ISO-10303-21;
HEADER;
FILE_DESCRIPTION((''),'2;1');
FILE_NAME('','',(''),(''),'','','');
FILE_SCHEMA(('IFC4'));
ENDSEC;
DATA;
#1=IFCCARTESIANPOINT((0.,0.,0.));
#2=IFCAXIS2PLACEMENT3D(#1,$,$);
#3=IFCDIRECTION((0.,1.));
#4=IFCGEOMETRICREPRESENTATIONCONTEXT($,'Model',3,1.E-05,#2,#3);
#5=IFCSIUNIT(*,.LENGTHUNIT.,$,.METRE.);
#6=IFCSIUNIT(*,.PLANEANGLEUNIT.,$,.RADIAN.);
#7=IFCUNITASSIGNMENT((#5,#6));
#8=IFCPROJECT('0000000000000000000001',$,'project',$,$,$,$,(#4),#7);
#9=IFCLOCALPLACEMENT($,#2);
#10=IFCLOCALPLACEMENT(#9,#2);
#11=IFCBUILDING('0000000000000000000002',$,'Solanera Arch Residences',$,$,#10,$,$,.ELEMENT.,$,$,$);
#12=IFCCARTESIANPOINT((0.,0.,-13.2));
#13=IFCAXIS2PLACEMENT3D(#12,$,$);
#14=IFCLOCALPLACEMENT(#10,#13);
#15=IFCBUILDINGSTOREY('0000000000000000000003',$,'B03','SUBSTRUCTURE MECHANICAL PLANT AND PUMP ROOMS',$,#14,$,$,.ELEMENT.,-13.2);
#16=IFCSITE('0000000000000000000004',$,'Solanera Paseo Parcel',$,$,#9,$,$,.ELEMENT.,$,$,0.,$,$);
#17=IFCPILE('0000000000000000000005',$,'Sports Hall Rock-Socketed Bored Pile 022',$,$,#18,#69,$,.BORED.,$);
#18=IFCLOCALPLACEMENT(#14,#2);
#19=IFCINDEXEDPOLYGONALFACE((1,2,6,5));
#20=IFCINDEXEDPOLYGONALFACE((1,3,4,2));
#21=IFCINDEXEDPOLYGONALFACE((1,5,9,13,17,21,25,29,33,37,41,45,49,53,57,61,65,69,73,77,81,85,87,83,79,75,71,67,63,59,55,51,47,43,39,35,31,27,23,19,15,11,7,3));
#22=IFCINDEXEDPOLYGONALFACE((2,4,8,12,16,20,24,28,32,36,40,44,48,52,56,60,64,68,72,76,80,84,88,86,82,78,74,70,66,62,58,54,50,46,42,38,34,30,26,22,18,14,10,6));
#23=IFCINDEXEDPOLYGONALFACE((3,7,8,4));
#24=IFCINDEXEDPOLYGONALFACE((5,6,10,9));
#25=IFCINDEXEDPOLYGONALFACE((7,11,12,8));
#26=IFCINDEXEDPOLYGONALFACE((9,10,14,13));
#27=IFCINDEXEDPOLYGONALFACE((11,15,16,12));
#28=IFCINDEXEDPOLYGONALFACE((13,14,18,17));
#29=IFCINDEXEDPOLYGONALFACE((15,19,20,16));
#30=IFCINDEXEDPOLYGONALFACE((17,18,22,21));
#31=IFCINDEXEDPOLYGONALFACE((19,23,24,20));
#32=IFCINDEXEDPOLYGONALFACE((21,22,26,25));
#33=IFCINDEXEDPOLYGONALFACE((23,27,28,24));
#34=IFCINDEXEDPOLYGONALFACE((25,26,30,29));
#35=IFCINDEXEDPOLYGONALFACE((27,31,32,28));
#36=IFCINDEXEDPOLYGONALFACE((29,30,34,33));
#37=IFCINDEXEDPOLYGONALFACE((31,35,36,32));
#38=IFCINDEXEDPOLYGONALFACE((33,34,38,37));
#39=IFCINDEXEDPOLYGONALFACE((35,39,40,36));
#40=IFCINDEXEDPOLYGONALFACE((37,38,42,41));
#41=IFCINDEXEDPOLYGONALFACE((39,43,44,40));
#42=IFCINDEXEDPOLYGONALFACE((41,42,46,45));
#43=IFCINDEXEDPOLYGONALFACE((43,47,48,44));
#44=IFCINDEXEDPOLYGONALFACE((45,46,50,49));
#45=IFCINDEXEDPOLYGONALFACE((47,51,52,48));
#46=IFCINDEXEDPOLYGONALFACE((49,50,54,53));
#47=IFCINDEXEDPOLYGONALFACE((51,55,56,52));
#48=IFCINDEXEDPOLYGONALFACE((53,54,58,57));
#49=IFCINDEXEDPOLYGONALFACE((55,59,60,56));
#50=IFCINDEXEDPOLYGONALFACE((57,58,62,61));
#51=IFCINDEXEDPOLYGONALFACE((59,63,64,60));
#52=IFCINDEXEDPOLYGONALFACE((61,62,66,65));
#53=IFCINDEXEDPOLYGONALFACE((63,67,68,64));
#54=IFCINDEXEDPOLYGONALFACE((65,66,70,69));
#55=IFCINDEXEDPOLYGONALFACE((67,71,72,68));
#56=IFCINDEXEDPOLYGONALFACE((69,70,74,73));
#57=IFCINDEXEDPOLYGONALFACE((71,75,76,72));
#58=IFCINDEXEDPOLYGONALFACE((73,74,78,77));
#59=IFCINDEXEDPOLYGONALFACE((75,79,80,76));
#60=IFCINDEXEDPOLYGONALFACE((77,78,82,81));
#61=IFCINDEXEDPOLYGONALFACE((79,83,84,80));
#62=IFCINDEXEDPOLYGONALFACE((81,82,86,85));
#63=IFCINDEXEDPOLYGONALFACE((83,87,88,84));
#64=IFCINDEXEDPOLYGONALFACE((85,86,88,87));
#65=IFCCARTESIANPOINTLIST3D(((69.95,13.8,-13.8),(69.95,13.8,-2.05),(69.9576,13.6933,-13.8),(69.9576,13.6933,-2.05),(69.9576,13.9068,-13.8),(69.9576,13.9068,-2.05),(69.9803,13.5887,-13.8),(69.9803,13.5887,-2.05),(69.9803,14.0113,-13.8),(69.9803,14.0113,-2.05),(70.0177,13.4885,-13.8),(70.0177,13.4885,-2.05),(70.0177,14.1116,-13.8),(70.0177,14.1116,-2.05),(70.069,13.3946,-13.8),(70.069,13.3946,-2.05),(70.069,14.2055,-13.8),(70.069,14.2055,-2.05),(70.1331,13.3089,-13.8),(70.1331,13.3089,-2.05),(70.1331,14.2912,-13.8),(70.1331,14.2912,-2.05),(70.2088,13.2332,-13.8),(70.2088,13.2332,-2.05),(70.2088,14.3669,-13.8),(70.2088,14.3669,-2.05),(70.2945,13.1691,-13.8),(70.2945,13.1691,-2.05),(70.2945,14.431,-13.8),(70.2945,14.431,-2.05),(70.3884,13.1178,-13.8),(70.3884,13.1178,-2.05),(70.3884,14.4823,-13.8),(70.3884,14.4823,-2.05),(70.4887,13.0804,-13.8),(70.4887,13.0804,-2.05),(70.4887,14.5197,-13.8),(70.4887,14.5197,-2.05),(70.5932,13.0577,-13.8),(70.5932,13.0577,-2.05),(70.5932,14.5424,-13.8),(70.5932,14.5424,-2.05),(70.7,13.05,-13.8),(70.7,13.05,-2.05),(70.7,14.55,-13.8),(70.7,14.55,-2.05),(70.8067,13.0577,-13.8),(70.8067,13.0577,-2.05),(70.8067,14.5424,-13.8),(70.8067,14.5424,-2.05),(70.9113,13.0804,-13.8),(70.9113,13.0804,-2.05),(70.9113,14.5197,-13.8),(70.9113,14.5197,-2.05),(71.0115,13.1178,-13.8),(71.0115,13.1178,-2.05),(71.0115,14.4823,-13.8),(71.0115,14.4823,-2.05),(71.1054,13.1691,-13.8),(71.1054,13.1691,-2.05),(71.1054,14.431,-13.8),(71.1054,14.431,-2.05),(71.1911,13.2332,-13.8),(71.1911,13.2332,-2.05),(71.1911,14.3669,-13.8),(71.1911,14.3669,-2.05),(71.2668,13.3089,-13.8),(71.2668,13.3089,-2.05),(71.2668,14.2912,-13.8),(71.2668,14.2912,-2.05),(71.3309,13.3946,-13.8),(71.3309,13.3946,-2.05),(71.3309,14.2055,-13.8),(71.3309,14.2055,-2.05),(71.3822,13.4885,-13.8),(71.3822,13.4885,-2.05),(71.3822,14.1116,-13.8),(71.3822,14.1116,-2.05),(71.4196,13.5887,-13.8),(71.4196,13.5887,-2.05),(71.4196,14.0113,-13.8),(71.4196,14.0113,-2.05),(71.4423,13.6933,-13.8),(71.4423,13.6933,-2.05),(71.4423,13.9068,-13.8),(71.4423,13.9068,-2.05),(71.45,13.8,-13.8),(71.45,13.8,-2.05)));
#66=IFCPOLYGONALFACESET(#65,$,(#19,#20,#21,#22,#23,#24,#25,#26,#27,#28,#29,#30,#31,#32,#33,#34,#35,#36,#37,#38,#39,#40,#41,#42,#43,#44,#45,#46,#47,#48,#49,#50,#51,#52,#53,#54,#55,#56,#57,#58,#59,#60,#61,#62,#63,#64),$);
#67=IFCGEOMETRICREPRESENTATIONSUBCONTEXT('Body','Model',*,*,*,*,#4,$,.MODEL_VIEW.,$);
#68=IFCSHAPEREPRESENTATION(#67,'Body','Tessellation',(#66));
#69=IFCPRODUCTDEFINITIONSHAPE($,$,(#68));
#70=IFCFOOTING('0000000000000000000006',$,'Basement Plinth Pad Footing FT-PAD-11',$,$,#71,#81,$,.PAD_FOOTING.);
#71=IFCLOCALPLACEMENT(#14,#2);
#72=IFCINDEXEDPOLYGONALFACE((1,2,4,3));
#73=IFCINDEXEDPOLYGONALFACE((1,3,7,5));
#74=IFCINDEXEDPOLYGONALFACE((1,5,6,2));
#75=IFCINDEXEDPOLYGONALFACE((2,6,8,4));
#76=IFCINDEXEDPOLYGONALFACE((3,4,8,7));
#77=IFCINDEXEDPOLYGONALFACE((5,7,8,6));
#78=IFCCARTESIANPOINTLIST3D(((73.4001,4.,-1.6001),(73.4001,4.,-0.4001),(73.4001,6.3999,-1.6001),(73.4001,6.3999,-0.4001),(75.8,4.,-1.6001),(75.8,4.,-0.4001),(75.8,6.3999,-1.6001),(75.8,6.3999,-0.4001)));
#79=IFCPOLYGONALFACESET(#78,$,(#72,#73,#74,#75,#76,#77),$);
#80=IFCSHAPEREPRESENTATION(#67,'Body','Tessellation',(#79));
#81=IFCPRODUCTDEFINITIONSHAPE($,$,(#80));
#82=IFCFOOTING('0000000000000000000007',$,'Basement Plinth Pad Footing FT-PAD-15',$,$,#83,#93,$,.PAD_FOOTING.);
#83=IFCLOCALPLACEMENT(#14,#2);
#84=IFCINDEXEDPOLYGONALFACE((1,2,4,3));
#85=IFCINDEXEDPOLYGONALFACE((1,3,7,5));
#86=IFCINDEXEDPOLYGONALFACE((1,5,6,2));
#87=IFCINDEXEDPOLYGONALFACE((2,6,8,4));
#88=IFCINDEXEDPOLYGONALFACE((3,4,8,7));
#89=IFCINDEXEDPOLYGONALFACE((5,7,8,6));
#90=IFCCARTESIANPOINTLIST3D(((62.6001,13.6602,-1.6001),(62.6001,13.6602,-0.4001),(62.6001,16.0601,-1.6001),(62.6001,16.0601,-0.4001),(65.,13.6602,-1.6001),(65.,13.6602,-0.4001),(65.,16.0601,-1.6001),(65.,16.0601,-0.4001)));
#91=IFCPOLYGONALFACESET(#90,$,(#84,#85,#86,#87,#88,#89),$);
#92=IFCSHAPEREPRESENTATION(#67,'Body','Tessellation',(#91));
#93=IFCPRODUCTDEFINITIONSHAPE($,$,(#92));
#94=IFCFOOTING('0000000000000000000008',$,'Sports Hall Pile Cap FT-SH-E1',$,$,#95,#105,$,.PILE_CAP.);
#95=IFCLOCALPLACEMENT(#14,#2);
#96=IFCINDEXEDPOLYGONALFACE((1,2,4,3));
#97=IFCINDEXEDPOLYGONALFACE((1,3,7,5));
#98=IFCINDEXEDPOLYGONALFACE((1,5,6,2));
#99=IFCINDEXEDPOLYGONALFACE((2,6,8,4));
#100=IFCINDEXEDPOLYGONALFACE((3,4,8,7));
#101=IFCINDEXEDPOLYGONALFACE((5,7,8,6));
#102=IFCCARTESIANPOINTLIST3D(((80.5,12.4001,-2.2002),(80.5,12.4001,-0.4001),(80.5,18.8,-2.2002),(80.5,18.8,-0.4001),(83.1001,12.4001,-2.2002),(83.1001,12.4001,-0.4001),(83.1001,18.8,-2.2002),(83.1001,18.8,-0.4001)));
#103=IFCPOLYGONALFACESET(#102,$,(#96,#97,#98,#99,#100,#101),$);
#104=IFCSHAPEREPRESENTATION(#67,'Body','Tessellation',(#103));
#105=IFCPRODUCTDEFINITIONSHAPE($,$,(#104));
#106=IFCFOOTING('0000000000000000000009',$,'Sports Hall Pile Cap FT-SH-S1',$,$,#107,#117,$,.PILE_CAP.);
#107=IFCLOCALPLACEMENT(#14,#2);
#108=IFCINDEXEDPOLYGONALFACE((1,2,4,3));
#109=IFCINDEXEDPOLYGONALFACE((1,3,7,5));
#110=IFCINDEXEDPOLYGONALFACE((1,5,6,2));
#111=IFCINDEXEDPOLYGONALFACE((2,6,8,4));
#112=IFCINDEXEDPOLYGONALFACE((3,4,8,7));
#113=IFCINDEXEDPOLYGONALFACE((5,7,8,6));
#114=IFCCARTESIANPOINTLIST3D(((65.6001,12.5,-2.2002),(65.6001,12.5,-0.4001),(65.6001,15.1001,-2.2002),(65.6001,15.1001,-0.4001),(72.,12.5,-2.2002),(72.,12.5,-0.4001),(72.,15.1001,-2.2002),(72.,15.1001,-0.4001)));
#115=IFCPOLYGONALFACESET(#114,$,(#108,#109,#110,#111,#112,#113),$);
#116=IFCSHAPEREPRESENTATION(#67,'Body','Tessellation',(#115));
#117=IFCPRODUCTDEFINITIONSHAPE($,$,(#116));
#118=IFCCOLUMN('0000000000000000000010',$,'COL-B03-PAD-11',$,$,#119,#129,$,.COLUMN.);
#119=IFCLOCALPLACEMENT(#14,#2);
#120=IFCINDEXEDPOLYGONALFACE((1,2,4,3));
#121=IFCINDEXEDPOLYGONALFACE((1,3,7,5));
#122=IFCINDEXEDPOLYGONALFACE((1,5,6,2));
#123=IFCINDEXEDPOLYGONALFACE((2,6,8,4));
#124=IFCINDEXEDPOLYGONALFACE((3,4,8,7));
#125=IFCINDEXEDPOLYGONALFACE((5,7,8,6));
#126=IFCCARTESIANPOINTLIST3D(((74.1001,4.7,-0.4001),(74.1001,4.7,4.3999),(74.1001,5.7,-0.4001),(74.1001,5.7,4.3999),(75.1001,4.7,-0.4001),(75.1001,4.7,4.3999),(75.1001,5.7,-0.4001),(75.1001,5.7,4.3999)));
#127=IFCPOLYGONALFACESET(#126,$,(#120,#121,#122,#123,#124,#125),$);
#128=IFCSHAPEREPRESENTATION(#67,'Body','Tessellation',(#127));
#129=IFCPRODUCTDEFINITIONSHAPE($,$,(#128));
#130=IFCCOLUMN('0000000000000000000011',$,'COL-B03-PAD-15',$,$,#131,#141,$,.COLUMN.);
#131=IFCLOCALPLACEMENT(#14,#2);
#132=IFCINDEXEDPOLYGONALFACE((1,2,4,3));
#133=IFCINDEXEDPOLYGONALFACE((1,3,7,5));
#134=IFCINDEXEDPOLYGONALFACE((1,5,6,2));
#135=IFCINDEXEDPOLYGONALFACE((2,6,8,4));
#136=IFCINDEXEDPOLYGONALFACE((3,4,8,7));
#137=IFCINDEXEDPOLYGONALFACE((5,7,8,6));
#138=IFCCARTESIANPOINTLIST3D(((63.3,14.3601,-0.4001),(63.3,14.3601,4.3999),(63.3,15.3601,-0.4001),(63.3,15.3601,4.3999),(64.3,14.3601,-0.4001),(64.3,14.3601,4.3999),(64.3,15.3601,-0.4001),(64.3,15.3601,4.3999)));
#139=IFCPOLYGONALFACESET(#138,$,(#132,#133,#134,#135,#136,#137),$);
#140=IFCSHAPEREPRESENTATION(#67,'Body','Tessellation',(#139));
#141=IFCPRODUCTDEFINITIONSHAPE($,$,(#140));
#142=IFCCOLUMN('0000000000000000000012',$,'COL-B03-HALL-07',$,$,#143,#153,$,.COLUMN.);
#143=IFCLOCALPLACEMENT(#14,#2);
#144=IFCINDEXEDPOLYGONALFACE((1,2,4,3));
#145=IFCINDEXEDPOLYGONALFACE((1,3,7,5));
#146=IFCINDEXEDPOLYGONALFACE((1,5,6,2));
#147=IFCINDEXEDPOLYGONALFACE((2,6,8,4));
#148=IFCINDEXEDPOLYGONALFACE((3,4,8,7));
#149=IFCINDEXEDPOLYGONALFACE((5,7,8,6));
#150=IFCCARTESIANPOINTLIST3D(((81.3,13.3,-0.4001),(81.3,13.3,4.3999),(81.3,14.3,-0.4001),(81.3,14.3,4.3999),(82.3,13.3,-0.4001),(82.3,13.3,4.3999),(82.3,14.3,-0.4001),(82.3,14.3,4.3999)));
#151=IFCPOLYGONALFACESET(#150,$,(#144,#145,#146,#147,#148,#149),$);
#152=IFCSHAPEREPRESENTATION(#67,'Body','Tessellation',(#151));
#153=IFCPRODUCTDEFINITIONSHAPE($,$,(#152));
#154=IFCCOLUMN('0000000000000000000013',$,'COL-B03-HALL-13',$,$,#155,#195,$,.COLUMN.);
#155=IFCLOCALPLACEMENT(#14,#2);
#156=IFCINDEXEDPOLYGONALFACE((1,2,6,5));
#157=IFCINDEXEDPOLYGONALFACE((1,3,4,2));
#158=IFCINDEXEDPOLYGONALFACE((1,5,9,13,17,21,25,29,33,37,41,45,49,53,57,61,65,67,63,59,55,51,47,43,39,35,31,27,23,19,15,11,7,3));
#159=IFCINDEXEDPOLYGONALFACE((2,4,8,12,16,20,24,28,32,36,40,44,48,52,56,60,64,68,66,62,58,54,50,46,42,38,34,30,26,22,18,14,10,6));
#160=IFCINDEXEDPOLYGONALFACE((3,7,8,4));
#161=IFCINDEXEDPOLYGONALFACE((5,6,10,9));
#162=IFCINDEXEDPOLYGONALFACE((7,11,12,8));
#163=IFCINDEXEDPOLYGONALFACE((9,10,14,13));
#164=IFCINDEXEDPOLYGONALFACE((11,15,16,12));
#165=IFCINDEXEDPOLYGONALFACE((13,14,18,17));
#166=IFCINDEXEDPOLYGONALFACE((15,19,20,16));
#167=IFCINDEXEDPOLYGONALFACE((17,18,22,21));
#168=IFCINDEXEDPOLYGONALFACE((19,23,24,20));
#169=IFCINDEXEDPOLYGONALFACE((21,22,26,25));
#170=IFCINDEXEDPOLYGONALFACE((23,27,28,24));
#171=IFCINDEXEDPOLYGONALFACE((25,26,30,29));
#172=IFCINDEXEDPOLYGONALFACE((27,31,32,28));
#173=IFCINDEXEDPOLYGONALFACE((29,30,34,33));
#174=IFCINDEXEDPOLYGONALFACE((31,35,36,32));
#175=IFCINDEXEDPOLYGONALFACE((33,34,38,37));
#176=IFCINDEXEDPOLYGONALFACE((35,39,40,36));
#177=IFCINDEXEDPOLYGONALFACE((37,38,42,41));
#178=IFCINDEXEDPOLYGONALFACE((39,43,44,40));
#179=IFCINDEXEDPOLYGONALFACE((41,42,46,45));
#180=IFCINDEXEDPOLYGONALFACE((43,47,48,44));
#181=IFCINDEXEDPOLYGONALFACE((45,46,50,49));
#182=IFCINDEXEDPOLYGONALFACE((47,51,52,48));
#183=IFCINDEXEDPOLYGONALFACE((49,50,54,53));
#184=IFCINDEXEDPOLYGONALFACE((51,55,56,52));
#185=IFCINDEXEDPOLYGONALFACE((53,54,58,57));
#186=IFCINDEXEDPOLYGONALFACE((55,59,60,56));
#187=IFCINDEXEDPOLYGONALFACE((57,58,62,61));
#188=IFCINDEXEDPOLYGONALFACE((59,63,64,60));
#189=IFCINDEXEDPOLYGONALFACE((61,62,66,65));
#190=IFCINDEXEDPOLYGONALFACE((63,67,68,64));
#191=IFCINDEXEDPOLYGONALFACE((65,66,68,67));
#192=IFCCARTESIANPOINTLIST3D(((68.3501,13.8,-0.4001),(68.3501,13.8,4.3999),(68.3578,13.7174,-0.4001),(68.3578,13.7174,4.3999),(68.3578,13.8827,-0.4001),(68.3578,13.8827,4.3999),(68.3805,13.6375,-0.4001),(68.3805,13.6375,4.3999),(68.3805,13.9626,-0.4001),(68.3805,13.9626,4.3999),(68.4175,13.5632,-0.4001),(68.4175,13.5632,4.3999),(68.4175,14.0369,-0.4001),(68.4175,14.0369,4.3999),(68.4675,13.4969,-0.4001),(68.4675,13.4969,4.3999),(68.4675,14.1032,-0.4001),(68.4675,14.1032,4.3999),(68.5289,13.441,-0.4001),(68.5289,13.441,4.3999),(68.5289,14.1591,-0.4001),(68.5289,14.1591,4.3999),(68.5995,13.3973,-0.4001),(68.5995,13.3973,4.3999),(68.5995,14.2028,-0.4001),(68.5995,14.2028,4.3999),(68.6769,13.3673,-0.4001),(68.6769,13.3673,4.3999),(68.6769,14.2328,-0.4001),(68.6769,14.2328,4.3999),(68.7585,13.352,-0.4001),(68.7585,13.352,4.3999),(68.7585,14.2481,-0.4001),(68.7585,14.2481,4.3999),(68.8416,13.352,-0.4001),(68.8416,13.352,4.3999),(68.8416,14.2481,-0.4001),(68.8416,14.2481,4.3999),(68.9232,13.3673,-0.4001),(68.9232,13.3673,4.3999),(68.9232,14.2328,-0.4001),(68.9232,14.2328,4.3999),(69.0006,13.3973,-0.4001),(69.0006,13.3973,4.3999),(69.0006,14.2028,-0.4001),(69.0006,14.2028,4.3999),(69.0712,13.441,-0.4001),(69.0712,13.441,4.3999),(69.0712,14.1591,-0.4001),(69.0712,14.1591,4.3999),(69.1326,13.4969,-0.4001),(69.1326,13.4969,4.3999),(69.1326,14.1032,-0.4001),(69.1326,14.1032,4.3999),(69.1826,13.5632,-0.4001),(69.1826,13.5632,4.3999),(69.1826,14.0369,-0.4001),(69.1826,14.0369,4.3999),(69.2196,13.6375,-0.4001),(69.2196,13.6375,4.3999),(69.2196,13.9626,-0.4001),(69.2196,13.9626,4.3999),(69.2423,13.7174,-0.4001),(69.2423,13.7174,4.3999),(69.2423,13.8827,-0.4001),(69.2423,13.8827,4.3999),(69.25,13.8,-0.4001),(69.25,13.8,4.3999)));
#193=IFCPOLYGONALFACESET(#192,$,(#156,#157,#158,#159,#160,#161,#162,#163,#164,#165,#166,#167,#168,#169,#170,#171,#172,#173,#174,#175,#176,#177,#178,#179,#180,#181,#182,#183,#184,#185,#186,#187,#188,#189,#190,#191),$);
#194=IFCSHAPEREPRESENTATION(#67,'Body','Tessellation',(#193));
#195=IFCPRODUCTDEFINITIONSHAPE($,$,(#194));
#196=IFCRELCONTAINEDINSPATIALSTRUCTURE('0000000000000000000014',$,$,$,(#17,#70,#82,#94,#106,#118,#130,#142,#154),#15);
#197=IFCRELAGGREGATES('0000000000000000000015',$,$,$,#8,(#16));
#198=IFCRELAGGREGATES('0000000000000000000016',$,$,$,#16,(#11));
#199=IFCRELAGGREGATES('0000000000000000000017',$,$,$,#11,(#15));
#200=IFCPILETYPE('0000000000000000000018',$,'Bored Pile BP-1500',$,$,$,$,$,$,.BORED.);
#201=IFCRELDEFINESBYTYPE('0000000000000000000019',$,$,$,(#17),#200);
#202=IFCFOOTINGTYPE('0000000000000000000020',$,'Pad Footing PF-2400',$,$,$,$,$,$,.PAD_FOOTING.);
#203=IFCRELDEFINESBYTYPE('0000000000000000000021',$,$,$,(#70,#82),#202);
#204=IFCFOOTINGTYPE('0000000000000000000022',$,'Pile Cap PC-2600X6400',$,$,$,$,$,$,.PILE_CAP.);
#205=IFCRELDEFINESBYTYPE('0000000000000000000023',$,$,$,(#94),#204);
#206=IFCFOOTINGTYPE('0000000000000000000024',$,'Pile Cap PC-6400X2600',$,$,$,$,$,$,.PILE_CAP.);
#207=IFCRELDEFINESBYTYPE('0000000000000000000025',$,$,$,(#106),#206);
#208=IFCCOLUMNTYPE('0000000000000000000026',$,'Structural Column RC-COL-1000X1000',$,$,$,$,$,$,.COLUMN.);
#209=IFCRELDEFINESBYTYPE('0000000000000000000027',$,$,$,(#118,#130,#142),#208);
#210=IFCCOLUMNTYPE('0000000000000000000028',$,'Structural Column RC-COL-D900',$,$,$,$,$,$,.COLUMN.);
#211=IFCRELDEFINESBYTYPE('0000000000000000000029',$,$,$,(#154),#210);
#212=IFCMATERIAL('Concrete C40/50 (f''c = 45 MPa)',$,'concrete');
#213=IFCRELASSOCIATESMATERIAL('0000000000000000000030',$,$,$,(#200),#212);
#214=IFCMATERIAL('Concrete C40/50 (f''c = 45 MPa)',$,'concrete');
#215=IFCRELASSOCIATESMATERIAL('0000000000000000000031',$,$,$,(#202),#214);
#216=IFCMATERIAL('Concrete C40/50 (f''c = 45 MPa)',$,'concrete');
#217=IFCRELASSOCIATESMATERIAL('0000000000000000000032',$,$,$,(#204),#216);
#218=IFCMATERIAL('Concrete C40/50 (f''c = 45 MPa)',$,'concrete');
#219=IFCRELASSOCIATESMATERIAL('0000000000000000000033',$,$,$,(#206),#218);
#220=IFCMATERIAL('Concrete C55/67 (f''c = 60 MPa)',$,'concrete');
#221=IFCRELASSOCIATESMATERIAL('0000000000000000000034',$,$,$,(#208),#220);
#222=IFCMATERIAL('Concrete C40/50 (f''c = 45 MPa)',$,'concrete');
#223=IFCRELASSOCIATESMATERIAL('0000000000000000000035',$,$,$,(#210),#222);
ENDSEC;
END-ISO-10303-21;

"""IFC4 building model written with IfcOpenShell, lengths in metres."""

from ifc_helpers import new_model, si_unit, direction, frame, origin, origin_2d, place, context, subcontext, project, spatial, rectangle, circle, extrude, material, material_profile, profile_set, type_object, element, save


model = new_model("IFC4")

# Units and contexts
model_context = context("Model", 3, precision=1e-05, world=origin(), true_north=direction((0.0, 1.0)))
body_context = subcontext(model_context, "Body", "Model", "MODEL_VIEW")
ifc_project = project(units=[si_unit("LENGTHUNIT", "METRE"), si_unit("PLANEANGLEUNIT", "RADIAN")], contexts=[model_context])

# Site, building, storey
site_placement = place(None, origin())
site = spatial("IfcSite", under=ifc_project, at=site_placement, Name="Solanera Paseo Parcel", CompositionType="ELEMENT", RefElevation=0.0)
building_placement = place(site_placement, origin())
building = spatial("IfcBuilding", under=site, at=building_placement, Name="Solanera Arch Residences", CompositionType="ELEMENT")
storey_placement = place(building_placement, frame((0.0, 0.0, -13.2)))
storey = spatial("IfcBuildingStorey", under=building, at=storey_placement, Name="B03", Description="SUBSTRUCTURE MECHANICAL PLANT AND PUMP ROOMS", CompositionType="ELEMENT", Elevation=-13.2)

# Pile
ifc_material_1 = material(Name="Concrete C40/50 (f'c = 45 MPa)", Category="concrete")
ifc_material_profile_1 = material_profile(ifc_material_1, circle(Radius=0.75, at=origin_2d()))
ifc_profile_set_1 = profile_set([ifc_material_profile_1], Name="Concrete C40/50 (f'c = 45 MPa)")
pile_type = type_object("IfcPileType", Name="Bored Pile BP-1500", PredefinedType="BORED", material=ifc_profile_set_1)
for number, where, z_axis, x_axis, name in (
    (1, (70.7, 13.8, -2.05), (0.0, 0.0, -1.0), (1.0, 0.0, 0.0), "Sports Hall Rock-Socketed Bored Pile 022"),
):
    element("IfcPile", number, at=place(storey_placement, frame(where, z_axis=z_axis, x_axis=x_axis)), inside=storey, type_object=pile_type, Name=name, PredefinedType="BORED", context=body_context, shape_type="SweptSolid", body=[
        extrude(circle(Radius=0.75, at=origin_2d()), origin(), (0.0, 0.0, 1.0), 11.75),
    ])

# Footings
ifc_material_2 = material(Name="Concrete C40/50 (f'c = 45 MPa)", Category="concrete")
footing_type_1 = type_object("IfcFootingType", Name="Pad Footing PF-2400", PredefinedType="PAD_FOOTING", material=ifc_material_2)
for number, where, z_axis, x_axis, name in (
    (2, (74.6001, 5.2, -1.6001), (0.0, 0.0, 1.0), (1.0, 0.0, 0.0), "Basement Plinth Pad Footing FT-PAD-11"),
    (3, (63.8, 14.8601, -1.6001), (0.0, 0.0, 1.0), (1.0, 0.0, 0.0), "Basement Plinth Pad Footing FT-PAD-15"),
):
    element("IfcFooting", number, at=place(storey_placement, frame(where, z_axis=z_axis, x_axis=x_axis)), inside=storey, type_object=footing_type_1, Name=name, PredefinedType="PAD_FOOTING", context=body_context, shape_type="SweptSolid", body=[
        extrude(rectangle(XDim=2.3999, YDim=2.3999, at=origin_2d()), origin(), (0.0, 0.0, 1.0), 1.2),
    ])
ifc_material_3 = material(Name="Concrete C40/50 (f'c = 45 MPa)", Category="concrete")
footing_type_2 = type_object("IfcFootingType", Name="Pile Cap PC-2600X6400", PredefinedType="PILE_CAP", material=ifc_material_3)
footing_1_placement = place(storey_placement, frame((81.8, 15.6001, -2.2002), z_axis=(0.0, 0.0, 1.0), x_axis=(1.0, 0.0, 0.0)))
element("IfcFooting", 4, at=footing_1_placement, inside=storey, type_object=footing_type_2, Name="Sports Hall Pile Cap FT-SH-E1", PredefinedType="PILE_CAP", context=body_context, shape_type="SweptSolid", body=[
    extrude(rectangle(XDim=2.6001, YDim=6.3999, at=origin_2d()), origin(), (0.0, 0.0, 1.0), 1.8),
])
ifc_material_4 = material(Name="Concrete C40/50 (f'c = 45 MPa)", Category="concrete")
footing_type_3 = type_object("IfcFootingType", Name="Pile Cap PC-6400X2600", PredefinedType="PILE_CAP", material=ifc_material_4)
footing_2_placement = place(storey_placement, frame((68.8, 13.8, -2.2002), z_axis=(0.0, 0.0, 1.0), x_axis=(1.0, 0.0, 0.0)))
element("IfcFooting", 5, at=footing_2_placement, inside=storey, type_object=footing_type_3, Name="Sports Hall Pile Cap FT-SH-S1", PredefinedType="PILE_CAP", context=body_context, shape_type="SweptSolid", body=[
    extrude(rectangle(XDim=6.3999, YDim=2.6001, at=origin_2d()), origin(), (0.0, 0.0, 1.0), 1.8),
])

# Columns
ifc_material_5 = material(Name="Concrete C55/67 (f'c = 60 MPa)", Category="concrete")
ifc_material_profile_2 = material_profile(ifc_material_5, rectangle(XDim=1.0, YDim=1.0, at=origin_2d()))
ifc_profile_set_2 = profile_set([ifc_material_profile_2], Name="Concrete C55/67 (f'c = 60 MPa)")
column_type_1 = type_object("IfcColumnType", Name="Structural Column RC-COL-1000X1000", PredefinedType="COLUMN", material=ifc_profile_set_2)
for number, where, z_axis, x_axis, name in (
    (6, (74.6001, 5.2, -0.4001), (0.0, 0.0, 1.0), (1.0, 0.0, 0.0), "COL-B03-PAD-11"),
    (7, (63.8, 14.8601, -0.4001), (0.0, 0.0, 1.0), (1.0, 0.0, 0.0), "COL-B03-PAD-15"),
    (8, (81.8, 13.8, -0.4001), (0.0, 0.0, 1.0), (1.0, 0.0, 0.0), "COL-B03-HALL-07"),
):
    element("IfcColumn", number, at=place(storey_placement, frame(where, z_axis=z_axis, x_axis=x_axis)), inside=storey, type_object=column_type_1, Name=name, PredefinedType="COLUMN", context=body_context, shape_type="SweptSolid", body=[
        extrude(rectangle(XDim=1.0, YDim=1.0, at=origin_2d()), origin(), (0.0, 0.0, 1.0), 4.8),
    ])
ifc_material_6 = material(Name="Concrete C40/50 (f'c = 45 MPa)", Category="concrete")
ifc_material_profile_3 = material_profile(ifc_material_6, circle(Radius=0.45, at=origin_2d()))
ifc_profile_set_3 = profile_set([ifc_material_profile_3], Name="Concrete C40/50 (f'c = 45 MPa)")
column_type_2 = type_object("IfcColumnType", Name="Structural Column RC-COL-D900", PredefinedType="COLUMN", material=ifc_profile_set_3)
column_placement = place(storey_placement, frame((68.8, 13.8, -0.4001), z_axis=(0.0, 0.0, 1.0), x_axis=(1.0, 0.0, 0.0)))
element("IfcColumn", 9, at=column_placement, inside=storey, type_object=column_type_2, Name="COL-B03-HALL-13", PredefinedType="COLUMN", context=body_context, shape_type="SweptSolid", body=[
    extrude(circle(Radius=0.45, at=origin_2d()), origin(), (0.0, 0.0, 1.0), 4.8),
])

save(model, "model.ifc")
